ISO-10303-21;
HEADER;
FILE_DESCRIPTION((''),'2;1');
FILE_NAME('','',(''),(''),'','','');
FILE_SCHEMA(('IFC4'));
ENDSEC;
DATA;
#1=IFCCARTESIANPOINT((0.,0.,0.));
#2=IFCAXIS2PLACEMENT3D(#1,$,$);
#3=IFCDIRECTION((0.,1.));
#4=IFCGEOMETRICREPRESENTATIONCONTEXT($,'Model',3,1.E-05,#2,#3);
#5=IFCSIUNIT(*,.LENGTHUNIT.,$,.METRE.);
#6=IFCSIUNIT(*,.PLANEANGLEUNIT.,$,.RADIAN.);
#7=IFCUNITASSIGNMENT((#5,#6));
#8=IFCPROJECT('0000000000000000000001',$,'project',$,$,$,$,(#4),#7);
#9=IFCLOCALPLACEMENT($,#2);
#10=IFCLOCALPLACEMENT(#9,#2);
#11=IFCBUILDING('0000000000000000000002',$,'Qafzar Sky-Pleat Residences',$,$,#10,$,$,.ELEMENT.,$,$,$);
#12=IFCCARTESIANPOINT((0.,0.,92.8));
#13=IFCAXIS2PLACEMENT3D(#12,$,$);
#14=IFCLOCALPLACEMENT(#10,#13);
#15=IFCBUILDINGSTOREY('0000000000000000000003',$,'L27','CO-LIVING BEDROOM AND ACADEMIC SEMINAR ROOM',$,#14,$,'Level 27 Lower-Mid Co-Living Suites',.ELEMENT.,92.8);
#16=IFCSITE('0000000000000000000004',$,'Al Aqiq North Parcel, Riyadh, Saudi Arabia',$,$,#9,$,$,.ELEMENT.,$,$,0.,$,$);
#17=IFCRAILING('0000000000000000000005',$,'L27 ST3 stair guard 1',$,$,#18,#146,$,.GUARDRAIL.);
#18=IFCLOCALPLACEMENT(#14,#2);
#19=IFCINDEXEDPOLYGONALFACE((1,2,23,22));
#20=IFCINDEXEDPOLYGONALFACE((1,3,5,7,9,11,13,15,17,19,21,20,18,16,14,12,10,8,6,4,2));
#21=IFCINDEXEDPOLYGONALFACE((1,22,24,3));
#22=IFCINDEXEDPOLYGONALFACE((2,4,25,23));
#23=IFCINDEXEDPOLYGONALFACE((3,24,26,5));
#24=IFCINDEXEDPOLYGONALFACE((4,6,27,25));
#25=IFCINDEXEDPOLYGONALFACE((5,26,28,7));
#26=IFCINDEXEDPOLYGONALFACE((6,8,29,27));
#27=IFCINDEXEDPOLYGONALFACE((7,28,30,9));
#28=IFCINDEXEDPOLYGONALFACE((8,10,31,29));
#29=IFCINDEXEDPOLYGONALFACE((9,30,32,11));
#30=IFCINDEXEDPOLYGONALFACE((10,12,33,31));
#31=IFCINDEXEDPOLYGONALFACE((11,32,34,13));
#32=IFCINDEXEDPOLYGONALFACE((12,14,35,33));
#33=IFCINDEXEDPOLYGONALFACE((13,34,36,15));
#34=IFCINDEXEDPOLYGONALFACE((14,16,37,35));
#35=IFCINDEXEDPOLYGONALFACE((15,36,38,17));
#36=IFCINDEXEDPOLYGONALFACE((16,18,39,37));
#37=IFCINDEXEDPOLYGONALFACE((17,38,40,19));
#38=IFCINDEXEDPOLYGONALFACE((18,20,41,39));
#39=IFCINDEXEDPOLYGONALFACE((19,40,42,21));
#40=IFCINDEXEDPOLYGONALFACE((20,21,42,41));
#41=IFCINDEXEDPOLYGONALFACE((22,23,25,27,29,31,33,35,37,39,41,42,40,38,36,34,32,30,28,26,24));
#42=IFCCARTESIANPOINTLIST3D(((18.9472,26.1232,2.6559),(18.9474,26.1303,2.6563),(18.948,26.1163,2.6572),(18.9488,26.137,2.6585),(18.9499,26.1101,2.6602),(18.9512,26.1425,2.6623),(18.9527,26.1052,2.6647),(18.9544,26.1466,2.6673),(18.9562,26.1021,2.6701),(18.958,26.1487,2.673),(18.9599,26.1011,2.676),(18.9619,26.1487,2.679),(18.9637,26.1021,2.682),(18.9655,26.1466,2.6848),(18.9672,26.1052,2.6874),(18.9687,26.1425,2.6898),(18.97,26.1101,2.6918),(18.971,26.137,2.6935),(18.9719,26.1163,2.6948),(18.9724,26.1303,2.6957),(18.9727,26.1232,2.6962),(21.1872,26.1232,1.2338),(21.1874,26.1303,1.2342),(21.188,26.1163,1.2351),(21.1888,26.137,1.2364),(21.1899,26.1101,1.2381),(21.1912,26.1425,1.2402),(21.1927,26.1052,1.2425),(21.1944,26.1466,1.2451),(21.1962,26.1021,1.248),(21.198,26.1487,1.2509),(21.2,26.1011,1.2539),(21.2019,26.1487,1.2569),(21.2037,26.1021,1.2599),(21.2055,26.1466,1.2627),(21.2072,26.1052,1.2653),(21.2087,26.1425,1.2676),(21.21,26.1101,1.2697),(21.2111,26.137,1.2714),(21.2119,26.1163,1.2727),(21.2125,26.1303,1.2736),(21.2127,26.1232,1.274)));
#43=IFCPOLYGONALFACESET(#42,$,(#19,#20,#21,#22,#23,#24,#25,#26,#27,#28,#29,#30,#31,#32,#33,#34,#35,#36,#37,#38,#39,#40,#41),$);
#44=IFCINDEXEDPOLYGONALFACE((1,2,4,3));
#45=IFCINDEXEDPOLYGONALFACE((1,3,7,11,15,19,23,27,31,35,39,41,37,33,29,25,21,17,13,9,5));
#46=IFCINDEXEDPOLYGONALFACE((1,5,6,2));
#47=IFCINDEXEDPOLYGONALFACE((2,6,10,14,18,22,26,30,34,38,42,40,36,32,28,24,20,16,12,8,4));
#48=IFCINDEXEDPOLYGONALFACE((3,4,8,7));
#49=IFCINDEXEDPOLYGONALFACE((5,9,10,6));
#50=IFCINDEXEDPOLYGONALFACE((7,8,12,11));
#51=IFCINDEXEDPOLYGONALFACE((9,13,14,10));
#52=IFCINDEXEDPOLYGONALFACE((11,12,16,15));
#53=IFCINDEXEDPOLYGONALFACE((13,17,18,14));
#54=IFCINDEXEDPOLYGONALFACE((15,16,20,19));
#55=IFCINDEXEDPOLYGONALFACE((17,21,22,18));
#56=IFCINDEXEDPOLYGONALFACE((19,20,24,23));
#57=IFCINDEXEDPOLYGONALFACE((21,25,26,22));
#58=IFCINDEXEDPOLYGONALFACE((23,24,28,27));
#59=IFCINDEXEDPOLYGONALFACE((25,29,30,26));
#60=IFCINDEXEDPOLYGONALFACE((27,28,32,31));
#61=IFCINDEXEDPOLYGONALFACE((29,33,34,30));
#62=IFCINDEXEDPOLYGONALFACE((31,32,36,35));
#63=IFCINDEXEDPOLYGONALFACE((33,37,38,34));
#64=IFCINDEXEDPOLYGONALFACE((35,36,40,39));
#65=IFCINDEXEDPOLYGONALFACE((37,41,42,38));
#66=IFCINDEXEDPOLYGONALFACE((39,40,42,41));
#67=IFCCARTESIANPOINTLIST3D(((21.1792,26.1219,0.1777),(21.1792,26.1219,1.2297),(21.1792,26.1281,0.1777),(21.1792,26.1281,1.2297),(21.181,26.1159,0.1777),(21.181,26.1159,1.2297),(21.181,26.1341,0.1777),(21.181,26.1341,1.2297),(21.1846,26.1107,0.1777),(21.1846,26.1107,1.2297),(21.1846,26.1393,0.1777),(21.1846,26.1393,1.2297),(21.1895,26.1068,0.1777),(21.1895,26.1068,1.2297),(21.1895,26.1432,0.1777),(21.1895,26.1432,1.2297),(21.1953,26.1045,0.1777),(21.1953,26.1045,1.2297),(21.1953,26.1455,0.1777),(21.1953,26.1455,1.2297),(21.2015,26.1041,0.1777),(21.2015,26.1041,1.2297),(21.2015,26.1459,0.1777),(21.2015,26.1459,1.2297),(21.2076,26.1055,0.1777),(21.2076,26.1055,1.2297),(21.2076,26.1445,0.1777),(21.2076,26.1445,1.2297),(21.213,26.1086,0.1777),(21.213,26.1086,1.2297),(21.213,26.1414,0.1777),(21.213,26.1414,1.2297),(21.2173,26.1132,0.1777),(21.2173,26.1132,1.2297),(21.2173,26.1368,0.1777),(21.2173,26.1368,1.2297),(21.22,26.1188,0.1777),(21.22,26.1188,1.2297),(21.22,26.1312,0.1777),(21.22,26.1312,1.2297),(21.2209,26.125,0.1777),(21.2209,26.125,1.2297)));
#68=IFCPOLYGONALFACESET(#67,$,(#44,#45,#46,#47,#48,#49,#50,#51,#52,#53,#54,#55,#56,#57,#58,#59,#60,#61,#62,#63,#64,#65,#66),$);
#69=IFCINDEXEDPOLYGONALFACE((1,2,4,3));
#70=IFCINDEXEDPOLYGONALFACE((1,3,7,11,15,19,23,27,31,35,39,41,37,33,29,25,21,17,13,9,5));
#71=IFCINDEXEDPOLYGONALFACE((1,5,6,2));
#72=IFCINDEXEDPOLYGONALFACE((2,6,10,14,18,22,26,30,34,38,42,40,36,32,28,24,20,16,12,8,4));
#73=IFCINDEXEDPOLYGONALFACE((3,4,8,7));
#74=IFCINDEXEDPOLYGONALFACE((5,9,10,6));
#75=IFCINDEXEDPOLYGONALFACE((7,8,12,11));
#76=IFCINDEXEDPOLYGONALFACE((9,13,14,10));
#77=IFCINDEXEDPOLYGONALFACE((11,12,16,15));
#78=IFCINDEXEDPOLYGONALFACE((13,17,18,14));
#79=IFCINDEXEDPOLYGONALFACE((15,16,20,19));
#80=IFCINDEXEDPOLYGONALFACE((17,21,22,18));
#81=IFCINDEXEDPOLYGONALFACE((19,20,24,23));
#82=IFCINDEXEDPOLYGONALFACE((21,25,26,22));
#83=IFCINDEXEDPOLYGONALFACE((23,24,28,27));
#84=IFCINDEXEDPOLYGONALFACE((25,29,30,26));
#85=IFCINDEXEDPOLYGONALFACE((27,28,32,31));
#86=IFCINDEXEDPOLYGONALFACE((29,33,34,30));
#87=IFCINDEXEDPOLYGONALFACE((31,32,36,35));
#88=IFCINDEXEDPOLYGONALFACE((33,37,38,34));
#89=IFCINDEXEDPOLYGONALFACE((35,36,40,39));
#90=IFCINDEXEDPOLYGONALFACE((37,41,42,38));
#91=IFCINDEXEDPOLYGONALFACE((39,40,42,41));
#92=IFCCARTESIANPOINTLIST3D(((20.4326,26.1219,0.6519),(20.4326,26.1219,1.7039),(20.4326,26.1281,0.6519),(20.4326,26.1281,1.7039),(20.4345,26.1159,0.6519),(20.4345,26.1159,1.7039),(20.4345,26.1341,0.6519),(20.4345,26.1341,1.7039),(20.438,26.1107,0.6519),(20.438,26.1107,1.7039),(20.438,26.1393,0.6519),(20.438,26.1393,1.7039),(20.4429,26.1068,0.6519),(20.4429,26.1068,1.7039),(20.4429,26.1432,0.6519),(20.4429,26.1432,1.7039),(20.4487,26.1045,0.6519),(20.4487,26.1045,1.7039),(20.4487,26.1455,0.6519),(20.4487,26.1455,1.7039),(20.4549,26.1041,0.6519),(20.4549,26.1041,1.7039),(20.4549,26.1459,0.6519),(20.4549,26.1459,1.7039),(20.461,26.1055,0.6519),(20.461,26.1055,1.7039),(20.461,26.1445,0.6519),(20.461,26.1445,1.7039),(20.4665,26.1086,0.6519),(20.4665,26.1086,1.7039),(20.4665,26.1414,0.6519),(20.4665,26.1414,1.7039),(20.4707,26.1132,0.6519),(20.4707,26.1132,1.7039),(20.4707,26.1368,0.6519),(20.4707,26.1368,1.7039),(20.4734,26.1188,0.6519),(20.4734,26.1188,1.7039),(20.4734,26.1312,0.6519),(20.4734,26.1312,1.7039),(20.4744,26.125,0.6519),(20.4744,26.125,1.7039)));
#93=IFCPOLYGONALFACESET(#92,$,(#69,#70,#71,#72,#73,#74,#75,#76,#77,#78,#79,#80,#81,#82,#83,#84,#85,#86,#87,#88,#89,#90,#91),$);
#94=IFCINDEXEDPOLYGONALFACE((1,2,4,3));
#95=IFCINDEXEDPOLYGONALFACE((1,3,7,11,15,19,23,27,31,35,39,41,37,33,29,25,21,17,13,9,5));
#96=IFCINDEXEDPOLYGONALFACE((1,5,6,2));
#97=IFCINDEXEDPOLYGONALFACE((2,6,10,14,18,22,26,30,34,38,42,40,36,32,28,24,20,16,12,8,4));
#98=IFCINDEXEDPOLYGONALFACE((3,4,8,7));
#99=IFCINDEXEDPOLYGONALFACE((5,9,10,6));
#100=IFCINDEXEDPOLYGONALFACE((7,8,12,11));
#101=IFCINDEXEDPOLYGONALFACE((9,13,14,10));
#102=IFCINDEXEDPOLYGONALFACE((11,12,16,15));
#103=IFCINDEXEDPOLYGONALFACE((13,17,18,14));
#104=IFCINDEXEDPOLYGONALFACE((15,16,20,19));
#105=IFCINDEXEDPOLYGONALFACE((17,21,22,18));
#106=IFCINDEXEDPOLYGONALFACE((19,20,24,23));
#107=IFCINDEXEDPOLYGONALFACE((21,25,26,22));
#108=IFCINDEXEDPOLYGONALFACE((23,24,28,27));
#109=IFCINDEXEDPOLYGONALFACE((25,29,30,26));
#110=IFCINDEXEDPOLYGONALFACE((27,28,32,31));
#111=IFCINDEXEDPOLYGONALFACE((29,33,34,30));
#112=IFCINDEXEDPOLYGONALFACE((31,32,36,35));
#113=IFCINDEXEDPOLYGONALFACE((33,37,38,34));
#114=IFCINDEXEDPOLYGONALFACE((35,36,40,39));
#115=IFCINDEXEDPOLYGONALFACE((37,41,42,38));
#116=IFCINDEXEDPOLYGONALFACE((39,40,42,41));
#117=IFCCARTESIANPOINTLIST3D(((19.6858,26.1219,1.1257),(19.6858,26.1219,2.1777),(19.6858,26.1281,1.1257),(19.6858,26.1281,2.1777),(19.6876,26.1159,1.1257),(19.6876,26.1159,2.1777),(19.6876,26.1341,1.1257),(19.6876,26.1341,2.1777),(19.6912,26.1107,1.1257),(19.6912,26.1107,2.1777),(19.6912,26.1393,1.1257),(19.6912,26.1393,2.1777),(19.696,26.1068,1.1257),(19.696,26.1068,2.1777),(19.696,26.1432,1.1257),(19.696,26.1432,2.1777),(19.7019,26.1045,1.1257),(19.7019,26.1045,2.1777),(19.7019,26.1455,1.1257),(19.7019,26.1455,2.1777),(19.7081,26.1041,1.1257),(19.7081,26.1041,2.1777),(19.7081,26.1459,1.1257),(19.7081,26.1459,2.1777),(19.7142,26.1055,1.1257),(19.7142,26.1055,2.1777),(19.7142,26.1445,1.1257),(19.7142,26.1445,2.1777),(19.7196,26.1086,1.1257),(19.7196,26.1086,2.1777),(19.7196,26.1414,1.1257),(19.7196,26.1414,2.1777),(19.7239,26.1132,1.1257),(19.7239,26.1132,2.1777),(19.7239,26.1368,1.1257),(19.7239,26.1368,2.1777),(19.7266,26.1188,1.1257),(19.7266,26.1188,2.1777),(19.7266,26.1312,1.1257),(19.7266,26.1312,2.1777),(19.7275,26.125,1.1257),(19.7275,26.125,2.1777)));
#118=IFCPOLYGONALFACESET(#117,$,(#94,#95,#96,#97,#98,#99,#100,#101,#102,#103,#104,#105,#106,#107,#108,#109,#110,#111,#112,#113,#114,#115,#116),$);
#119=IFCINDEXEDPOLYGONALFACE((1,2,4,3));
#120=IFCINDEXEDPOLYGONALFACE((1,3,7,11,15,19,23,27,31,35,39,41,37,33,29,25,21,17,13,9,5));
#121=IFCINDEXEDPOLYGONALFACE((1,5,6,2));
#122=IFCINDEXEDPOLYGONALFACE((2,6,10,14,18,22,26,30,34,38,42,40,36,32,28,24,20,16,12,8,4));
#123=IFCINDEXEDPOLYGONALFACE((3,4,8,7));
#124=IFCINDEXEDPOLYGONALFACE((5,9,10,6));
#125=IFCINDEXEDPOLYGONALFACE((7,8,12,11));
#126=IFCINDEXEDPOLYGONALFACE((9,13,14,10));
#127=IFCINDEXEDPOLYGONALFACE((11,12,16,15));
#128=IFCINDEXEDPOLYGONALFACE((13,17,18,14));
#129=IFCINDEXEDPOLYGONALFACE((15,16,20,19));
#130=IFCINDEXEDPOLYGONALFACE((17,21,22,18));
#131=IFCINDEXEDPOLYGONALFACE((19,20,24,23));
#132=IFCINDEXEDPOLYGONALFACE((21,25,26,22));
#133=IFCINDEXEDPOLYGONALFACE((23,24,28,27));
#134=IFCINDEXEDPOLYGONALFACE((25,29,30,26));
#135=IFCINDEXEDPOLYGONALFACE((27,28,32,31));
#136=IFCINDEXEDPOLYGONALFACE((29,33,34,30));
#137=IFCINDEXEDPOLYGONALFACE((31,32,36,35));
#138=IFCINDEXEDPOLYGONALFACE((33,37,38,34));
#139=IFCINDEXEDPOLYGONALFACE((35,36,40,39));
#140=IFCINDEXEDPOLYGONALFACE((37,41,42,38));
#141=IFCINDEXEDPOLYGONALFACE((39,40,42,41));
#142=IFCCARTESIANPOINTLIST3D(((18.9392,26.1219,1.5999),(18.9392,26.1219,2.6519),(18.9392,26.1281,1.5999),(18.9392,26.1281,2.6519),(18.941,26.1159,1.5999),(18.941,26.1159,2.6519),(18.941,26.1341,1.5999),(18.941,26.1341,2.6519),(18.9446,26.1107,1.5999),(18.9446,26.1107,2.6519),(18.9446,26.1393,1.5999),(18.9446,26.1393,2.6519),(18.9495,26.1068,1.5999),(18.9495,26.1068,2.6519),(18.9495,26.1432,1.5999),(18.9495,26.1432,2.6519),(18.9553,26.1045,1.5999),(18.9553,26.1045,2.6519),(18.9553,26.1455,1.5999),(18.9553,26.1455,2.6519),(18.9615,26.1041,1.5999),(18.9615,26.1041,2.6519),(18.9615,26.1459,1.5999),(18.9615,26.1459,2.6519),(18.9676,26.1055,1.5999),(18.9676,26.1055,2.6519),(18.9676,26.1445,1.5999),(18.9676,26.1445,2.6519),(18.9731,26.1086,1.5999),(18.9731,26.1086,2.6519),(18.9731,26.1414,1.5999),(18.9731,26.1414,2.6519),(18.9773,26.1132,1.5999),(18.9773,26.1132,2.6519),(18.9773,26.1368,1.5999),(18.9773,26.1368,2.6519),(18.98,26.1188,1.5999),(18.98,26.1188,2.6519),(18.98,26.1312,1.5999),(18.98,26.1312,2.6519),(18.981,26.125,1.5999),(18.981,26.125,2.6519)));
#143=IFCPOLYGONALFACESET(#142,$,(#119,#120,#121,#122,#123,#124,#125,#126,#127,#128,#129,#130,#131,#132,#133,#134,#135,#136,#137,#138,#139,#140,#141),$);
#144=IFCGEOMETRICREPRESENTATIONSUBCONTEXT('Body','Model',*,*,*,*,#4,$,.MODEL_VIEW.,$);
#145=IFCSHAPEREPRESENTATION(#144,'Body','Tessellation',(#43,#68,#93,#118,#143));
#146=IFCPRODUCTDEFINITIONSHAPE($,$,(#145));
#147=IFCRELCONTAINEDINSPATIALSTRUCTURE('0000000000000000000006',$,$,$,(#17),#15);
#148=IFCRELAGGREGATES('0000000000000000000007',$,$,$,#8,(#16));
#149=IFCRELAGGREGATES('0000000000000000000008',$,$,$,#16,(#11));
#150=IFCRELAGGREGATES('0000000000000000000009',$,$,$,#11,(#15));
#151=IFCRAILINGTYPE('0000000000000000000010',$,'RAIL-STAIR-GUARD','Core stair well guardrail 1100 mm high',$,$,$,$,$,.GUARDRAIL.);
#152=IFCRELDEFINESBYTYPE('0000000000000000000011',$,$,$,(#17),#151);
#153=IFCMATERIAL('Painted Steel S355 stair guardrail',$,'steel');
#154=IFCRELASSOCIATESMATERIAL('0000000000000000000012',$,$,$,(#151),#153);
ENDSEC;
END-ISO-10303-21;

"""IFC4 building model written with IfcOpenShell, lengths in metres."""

from ifc_helpers import new_model, si_unit, direction, frame, origin, origin_2d, place, context, subcontext, project, spatial, circle, extrude, source, transform, mapped, material, type_object, element, save


model = new_model("IFC4")

# Units and contexts
model_context = context("Model", 3, precision=1e-05, world=origin(), true_north=direction((0.0, 1.0)))
body_context = subcontext(model_context, "Body", "Model", "MODEL_VIEW")
ifc_project = project(units=[si_unit("LENGTHUNIT", "METRE"), si_unit("PLANEANGLEUNIT", "RADIAN")], contexts=[model_context])

# Site, building, storey
site_placement = place(None, origin())
site = spatial("IfcSite", under=ifc_project, at=site_placement, Name="Al Aqiq North Parcel, Riyadh, Saudi Arabia", CompositionType="ELEMENT", RefElevation=0.0)
building_placement = place(site_placement, origin())
building = spatial("IfcBuilding", under=site, at=building_placement, Name="Qafzar Sky-Pleat Residences", CompositionType="ELEMENT")
storey_placement = place(building_placement, frame((0.0, 0.0, 92.8)))
storey = spatial("IfcBuildingStorey", under=building, at=storey_placement, Name="L27", Description="CO-LIVING BEDROOM AND ACADEMIC SEMINAR ROOM", LongName="Level 27 Lower-Mid Co-Living Suites", CompositionType="ELEMENT", Elevation=92.8)

# Railing
ifc_material_1 = material(Name="Painted Steel S355 stair guardrail", Category="steel")
railing_type_1 = type_object("IfcRailingType", Name="RAIL-STAIR-GUARD", Description="Core stair well guardrail 1100 mm high", PredefinedType="GUARDRAIL", material=ifc_material_1)
shared_shape_1 = source(origin(), body_context, "Body", "SweptSolid", [
    extrude(circle(Radius=0.0239, at=origin_2d()), frame((0.0, 0.0, 1.0762), z_axis=(-0.844229, 0.0, 0.535982), x_axis=(0.0, -1.0, 0.0)), (0.0, 0.0, 1.0), 2.6533),
    extrude(circle(Radius=0.021, at=origin_2d()), origin(), (0.0, 0.0, 1.0), 1.052),
    extrude(circle(Radius=0.021, at=origin_2d()), frame((-0.7466, 0.0, 0.4741)), (0.0, 0.0, 1.0), 1.052),
    extrude(circle(Radius=0.021, at=origin_2d()), frame((-1.4934, 0.0, 0.948)), (0.0, 0.0, 1.0), 1.052),
    extrude(circle(Radius=0.021, at=origin_2d()), frame((-2.24, 0.0, 1.4221)), (0.0, 0.0, 1.0), 1.052),
])
railing_1_placement = place(storey_placement, frame((21.2, 26.125, 0.1777)))
element("IfcRailing", 1, at=railing_1_placement, inside=storey, type_object=railing_type_1, Name="L27 ST3 stair guard 1", PredefinedType="GUARDRAIL", context=body_context, shape_type="MappedRepresentation", body=[
    mapped(shared_shape_1, transform((0.0, 0.0, 0.0), x_axis=(1.0, 0.0, 0.0), y_axis=(0.0, 1.0, 0.0), z_axis=(0.0, 0.0, 1.0), scale=1.0)),
])

save(model, "model.ifc")
